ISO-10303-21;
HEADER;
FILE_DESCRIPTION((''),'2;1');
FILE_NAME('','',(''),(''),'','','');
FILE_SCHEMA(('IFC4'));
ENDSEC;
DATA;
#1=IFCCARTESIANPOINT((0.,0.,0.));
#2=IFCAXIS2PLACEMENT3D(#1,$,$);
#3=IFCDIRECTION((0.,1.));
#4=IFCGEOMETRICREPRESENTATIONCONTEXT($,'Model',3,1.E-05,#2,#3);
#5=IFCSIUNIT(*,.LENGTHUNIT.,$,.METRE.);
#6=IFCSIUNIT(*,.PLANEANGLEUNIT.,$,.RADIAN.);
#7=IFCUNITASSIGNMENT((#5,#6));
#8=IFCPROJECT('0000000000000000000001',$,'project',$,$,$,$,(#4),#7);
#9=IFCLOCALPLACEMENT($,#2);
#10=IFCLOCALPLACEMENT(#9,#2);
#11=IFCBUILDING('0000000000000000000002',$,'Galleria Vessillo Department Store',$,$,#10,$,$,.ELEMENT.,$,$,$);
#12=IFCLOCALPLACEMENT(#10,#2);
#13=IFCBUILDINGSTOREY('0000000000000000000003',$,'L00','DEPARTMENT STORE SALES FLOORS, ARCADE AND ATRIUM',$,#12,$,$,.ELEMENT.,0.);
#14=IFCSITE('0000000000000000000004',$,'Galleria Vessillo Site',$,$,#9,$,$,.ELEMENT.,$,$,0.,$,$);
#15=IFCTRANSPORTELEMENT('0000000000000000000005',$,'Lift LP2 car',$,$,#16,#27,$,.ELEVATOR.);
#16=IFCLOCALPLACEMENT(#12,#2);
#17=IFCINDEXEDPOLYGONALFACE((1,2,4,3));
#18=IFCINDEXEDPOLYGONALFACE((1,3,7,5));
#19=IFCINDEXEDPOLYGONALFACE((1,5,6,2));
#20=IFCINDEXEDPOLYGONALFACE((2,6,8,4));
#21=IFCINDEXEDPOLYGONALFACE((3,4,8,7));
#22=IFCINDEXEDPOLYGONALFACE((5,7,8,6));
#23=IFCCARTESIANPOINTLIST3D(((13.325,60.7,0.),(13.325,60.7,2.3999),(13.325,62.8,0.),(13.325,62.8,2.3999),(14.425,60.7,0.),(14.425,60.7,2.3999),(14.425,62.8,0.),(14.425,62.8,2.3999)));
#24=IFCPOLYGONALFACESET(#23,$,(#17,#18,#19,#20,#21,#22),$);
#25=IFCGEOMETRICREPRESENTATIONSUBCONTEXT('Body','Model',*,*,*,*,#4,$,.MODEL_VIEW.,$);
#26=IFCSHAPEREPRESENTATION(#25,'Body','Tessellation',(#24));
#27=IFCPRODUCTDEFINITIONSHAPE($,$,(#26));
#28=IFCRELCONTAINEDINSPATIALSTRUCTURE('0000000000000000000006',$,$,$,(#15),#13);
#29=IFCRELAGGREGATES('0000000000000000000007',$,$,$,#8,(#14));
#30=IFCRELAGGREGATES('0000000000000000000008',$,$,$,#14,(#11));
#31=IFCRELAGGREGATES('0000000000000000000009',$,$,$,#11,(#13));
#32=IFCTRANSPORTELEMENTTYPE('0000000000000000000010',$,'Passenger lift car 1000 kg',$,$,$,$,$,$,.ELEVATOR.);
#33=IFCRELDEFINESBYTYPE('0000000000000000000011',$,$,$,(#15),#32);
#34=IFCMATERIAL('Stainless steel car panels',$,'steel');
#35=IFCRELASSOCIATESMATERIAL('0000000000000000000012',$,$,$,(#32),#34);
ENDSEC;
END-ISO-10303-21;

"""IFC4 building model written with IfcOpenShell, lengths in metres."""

from ifc_helpers import new_model, si_unit, direction, frame, origin, origin_2d, place, context, subcontext, project, spatial, rectangle, extrude, material, type_object, element, save


model = new_model("IFC4")

# Units and contexts
model_context = context("Model", 3, precision=1e-05, world=origin(), true_north=direction((0.0, 1.0)))
body_context = subcontext(model_context, "Body", "Model", "MODEL_VIEW")
ifc_project = project(units=[si_unit("LENGTHUNIT", "METRE"), si_unit("PLANEANGLEUNIT", "RADIAN")], contexts=[model_context])

# Site, building, storey
site_placement = place(None, origin())
site = spatial("IfcSite", under=ifc_project, at=site_placement, Name="Galleria Vessillo Site", CompositionType="ELEMENT", RefElevation=0.0)
building_placement = place(site_placement, origin())
building = spatial("IfcBuilding", under=site, at=building_placement, Name="Galleria Vessillo Department Store", CompositionType="ELEMENT")
storey_placement = place(building_placement, origin())
storey = spatial("IfcBuildingStorey", under=building, at=storey_placement, Name="L00", Description="DEPARTMENT STORE SALES FLOORS, ARCADE AND ATRIUM", CompositionType="ELEMENT", Elevation=0.0)

# Transport element
ifc_material_1 = material(Name="Stainless steel car panels", Category="steel")
transport_element_type = type_object("IfcTransportElementType", Name="Passenger lift car 1000 kg", PredefinedType="ELEVATOR", material=ifc_material_1)
transport_element_placement = place(storey_placement, frame((13.875, 61.75, 0.0), z_axis=(0.0, 0.0, 1.0), x_axis=(1.0, 0.0, 0.0)))
element("IfcTransportElement", 1, at=transport_element_placement, inside=storey, type_object=transport_element_type, Name="Lift LP2 car", PredefinedType="ELEVATOR", context=body_context, shape_type="SweptSolid", body=[
    extrude(rectangle(XDim=1.1001, YDim=2.1001, at=origin_2d()), origin(), (0.0, 0.0, 1.0), 2.3999),
])

save(model, "model.ifc")
